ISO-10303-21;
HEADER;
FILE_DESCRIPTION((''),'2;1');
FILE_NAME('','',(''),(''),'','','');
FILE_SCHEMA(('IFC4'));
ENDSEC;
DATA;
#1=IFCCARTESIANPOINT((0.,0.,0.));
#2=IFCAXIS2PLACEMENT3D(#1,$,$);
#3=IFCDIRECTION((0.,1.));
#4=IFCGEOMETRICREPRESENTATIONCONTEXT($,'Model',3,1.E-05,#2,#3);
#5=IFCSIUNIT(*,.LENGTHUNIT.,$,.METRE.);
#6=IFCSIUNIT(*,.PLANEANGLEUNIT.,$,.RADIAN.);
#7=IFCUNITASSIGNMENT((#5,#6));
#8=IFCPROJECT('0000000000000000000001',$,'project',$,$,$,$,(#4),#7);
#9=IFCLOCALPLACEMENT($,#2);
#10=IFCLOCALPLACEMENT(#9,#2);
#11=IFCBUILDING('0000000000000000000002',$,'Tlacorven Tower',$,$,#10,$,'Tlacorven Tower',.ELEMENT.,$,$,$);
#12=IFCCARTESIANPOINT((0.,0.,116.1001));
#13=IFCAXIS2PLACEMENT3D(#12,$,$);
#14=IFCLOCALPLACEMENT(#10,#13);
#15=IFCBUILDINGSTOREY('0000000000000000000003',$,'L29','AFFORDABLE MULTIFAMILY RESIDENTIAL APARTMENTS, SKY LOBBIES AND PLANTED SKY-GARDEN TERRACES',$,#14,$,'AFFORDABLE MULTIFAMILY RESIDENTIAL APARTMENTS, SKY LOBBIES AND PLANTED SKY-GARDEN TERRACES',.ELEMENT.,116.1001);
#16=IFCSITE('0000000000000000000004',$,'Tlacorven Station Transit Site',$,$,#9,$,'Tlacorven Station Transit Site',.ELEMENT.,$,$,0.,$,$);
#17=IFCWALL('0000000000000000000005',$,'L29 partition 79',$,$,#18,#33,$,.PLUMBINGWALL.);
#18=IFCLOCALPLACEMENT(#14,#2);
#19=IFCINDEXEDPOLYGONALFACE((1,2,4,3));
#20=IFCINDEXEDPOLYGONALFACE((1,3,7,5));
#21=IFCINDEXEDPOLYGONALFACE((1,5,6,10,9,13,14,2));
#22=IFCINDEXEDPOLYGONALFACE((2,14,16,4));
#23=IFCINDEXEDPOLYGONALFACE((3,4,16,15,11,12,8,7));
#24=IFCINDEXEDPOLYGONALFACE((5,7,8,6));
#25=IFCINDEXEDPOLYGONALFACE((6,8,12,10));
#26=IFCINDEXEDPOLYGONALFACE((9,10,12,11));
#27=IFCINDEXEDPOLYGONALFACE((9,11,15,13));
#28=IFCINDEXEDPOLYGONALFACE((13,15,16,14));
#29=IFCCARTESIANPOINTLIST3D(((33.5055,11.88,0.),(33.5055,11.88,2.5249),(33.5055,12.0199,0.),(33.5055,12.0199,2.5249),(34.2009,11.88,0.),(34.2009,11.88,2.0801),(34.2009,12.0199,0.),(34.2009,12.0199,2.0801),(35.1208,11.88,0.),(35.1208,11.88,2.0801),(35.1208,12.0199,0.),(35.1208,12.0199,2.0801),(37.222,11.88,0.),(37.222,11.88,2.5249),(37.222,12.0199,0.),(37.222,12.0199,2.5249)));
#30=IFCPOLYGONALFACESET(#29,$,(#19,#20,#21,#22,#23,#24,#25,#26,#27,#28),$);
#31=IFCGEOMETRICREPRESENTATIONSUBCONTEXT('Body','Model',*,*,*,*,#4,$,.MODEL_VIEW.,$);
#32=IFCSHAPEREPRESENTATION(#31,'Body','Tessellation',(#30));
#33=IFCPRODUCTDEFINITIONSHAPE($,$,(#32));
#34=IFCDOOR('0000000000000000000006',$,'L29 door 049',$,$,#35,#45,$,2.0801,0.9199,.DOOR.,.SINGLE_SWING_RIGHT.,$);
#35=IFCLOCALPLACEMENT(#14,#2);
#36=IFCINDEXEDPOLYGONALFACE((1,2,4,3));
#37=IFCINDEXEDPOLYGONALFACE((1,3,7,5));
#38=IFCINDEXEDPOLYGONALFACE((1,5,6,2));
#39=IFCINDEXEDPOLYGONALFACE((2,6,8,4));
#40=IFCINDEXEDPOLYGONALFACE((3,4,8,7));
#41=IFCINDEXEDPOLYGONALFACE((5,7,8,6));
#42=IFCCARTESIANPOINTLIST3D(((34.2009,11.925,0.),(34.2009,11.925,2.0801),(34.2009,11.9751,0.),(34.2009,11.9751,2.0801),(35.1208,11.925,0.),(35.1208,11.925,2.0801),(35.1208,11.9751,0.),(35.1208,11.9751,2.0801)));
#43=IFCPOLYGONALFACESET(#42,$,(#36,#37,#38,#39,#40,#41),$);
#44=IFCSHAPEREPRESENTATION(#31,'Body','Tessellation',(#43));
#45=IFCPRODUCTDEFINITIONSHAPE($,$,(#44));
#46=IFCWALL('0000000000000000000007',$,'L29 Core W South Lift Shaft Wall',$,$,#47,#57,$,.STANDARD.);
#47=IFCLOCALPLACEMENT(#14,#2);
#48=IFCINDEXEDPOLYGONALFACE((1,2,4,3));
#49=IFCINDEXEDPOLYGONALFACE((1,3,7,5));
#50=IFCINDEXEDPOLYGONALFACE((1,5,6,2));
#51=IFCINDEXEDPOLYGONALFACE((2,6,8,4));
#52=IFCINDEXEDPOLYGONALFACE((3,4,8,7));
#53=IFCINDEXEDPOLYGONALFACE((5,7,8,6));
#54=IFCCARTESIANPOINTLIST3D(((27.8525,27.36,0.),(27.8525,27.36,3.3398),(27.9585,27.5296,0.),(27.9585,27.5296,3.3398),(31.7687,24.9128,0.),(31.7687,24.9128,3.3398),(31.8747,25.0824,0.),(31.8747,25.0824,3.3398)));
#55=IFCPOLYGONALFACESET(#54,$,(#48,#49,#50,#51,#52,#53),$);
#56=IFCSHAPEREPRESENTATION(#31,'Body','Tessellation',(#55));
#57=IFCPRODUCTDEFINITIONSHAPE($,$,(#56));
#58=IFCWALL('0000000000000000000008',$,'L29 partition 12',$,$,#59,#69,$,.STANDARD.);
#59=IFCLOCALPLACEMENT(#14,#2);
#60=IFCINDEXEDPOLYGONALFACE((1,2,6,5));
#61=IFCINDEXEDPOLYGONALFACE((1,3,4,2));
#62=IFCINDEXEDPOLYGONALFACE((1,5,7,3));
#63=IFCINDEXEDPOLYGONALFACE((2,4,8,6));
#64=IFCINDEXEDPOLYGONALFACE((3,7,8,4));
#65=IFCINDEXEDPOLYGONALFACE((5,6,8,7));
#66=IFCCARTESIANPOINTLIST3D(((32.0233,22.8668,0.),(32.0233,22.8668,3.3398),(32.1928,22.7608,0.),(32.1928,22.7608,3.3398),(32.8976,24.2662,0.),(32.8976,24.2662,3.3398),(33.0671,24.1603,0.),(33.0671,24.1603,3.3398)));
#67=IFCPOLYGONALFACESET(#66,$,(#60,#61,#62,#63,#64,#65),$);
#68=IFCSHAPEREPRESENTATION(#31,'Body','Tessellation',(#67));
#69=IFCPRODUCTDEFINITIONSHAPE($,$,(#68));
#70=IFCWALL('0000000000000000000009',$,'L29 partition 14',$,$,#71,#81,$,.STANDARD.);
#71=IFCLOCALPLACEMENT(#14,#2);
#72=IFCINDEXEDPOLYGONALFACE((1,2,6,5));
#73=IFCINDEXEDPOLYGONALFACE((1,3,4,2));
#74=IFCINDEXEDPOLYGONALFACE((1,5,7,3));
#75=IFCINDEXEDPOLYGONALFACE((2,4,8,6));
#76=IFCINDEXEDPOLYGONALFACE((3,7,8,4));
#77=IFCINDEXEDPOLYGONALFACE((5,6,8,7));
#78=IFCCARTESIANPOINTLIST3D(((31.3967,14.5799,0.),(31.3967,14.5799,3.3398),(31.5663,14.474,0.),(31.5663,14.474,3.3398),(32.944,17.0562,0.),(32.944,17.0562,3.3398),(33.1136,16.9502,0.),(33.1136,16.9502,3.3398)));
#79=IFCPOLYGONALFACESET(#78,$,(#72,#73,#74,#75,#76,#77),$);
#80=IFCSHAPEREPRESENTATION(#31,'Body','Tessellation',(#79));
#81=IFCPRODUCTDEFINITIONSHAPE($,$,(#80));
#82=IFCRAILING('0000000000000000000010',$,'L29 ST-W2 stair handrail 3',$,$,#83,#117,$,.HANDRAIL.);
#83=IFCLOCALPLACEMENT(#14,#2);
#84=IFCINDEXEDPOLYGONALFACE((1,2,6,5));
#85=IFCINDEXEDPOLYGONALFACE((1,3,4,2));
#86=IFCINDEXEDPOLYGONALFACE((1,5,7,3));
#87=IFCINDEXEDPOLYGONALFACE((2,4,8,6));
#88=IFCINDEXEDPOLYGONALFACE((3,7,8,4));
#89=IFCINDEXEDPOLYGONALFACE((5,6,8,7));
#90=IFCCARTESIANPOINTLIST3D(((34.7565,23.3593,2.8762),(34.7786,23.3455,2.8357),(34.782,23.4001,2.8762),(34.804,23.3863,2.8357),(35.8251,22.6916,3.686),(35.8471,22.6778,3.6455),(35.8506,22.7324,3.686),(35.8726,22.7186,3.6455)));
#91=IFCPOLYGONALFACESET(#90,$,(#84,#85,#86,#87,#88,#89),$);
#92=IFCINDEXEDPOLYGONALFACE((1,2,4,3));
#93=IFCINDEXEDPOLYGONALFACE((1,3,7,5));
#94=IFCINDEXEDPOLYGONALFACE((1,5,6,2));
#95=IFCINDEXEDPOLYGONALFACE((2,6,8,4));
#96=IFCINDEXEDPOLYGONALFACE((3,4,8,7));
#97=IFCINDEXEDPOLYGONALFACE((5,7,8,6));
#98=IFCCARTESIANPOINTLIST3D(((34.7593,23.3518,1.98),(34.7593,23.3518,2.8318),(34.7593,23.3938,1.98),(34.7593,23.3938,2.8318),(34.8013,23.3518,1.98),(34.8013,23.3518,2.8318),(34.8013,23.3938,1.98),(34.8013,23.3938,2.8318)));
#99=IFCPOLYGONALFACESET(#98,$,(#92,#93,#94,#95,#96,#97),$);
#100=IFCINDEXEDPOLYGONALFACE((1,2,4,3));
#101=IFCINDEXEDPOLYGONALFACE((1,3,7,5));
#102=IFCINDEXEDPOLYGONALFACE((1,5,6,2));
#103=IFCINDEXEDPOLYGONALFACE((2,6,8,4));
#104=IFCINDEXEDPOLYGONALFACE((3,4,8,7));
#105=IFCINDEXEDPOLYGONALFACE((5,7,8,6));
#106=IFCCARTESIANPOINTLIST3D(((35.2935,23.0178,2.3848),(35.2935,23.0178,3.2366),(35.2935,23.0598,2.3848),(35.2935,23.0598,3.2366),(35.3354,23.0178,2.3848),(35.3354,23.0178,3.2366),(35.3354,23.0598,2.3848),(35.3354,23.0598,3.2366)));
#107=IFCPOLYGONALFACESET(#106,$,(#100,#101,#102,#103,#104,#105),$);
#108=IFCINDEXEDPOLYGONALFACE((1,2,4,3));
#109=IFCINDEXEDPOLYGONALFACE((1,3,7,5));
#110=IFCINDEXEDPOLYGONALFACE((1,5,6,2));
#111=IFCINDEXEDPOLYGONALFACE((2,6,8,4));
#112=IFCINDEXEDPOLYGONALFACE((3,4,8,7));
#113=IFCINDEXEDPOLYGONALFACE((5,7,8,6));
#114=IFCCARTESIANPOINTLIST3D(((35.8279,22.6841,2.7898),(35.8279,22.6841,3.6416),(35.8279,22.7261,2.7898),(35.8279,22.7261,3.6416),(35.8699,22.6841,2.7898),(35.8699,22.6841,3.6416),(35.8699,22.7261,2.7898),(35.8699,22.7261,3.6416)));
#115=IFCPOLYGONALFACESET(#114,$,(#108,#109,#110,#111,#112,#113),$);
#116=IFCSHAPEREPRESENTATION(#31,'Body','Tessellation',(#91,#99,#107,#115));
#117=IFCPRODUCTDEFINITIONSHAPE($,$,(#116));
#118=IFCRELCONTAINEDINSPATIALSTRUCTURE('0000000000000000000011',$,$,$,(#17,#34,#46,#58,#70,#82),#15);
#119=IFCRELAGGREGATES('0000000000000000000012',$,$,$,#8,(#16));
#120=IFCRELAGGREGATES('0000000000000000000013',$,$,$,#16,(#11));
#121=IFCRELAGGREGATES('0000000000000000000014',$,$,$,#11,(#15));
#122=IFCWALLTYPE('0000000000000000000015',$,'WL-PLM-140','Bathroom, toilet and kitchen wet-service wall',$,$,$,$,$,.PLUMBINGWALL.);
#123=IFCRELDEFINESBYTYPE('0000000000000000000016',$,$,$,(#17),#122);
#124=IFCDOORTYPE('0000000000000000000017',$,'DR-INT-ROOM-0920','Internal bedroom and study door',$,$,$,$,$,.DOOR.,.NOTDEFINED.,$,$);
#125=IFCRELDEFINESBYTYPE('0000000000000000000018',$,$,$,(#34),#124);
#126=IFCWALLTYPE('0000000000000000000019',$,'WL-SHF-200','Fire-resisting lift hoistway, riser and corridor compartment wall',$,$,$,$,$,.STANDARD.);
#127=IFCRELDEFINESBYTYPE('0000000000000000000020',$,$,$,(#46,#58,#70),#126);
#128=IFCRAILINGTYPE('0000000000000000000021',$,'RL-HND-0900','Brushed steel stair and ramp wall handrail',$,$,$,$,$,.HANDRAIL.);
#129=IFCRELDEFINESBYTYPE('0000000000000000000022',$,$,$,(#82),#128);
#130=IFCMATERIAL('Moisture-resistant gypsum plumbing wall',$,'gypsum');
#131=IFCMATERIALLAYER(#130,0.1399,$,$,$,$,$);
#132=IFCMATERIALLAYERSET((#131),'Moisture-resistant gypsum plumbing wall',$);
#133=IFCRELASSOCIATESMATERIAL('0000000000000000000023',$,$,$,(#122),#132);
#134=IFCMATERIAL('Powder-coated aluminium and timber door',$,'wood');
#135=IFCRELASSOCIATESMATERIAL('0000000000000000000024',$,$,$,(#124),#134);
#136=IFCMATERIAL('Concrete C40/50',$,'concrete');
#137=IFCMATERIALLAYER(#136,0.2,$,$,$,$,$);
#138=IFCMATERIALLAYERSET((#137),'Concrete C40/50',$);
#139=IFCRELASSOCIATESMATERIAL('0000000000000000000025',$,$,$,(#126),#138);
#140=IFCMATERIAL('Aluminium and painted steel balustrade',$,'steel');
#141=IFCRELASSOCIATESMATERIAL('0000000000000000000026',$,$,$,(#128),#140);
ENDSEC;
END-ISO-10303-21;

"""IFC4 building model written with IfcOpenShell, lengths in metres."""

from ifc_helpers import new_model, si_unit, direction, frame, frame_2d, origin, origin_2d, place, context, subcontext, project, spatial, rectangle, extrude, source, transform, mapped, material, layer, layer_set, type_object, element, fill, save


model = new_model("IFC4")

# Units and contexts
model_context = context("Model", 3, precision=1e-05, world=origin(), true_north=direction((0.0, 1.0)))
body_context = subcontext(model_context, "Body", "Model", "MODEL_VIEW")
ifc_project = project(units=[si_unit("LENGTHUNIT", "METRE"), si_unit("PLANEANGLEUNIT", "RADIAN")], contexts=[model_context])

# Site, building, storey
site_placement = place(None, origin())
site = spatial("IfcSite", under=ifc_project, at=site_placement, Name="Tlacorven Station Transit Site", LongName="Tlacorven Station Transit Site", CompositionType="ELEMENT", RefElevation=0.0)
building_placement = place(site_placement, origin())
building = spatial("IfcBuilding", under=site, at=building_placement, Name="Tlacorven Tower", LongName="Tlacorven Tower", CompositionType="ELEMENT")
storey_placement = place(building_placement, frame((0.0, 0.0, 116.1001)))
storey = spatial("IfcBuildingStorey", under=building, at=storey_placement, Name="L29", Description="AFFORDABLE MULTIFAMILY RESIDENTIAL APARTMENTS, SKY LOBBIES AND PLANTED SKY-GARDEN TERRACES", LongName="AFFORDABLE MULTIFAMILY RESIDENTIAL APARTMENTS, SKY LOBBIES AND PLANTED SKY-GARDEN TERRACES", CompositionType="ELEMENT", Elevation=116.1001)

# Shared definitions
ifc_material_1 = material(Name="Powder-coated aluminium and timber door", Category="wood")

# Wall, opening, door
ifc_material_2 = material(Name="Moisture-resistant gypsum plumbing wall", Category="gypsum")
ifc_layer_1 = layer(ifc_material_2, 0.1399)
ifc_layer_set_1 = layer_set([ifc_layer_1], Name="Moisture-resistant gypsum plumbing wall")
wall_type_1 = type_object("IfcWallType", Name="WL-PLM-140", Description="Bathroom, toilet and kitchen wet-service wall", PredefinedType="PLUMBINGWALL", material=ifc_layer_set_1)
wall_1_placement = place(storey_placement, frame((33.5054, 11.95, 0.0), z_axis=(0.0, 0.0, 1.0), x_axis=(1.0, 0.0, 0.0)))
wall_1 = element("IfcWall", 1, at=wall_1_placement, inside=storey, type_object=wall_type_1, Name="L29 partition 79", PredefinedType="PLUMBINGWALL", context=body_context, shape_type="SweptSolid", body=[
    extrude(rectangle(XDim=3.7166, YDim=0.1399, at=frame_2d((1.8584, 0.0))), origin(), (0.0, 0.0, 1.0), 2.5249),
])
opening_1_placement = place(wall_1_placement, frame((0.6956, 0.0, 0.0)))
opening_1 = element("IfcOpeningElement", 2, at=opening_1_placement, cuts=wall_1, PredefinedType="OPENING", context=body_context, shape_type="SweptSolid", body=[
    extrude(rectangle(XDim=0.9199, YDim=2.0801, at=frame_2d((0.46, 1.04))), frame((0.0, 0.0801, 0.0), z_axis=(0.0, -1.0, 0.0), x_axis=(1.0, 0.0, 0.0)), (0.0, 0.0, 1.0), 0.1599),
])
door_type_1 = type_object("IfcDoorType", Name="DR-INT-ROOM-0920", Description="Internal bedroom and study door", OperationType="NOTDEFINED", PredefinedType="DOOR", material=ifc_material_1)
shared_shape_1 = source(origin(), body_context, "Body", "SweptSolid", [
    extrude(rectangle(XDim=0.9199, YDim=2.0801, at=frame_2d((0.46, 1.04))), frame((0.0, 0.0249, 0.0), z_axis=(0.0, -1.0, 0.0), x_axis=(1.0, 0.0, 0.0)), (0.0, 0.0, 1.0), 0.05),
])
door_1_placement = place(opening_1_placement, frame((0.9199, 0.0, 0.0), z_axis=(0.0, 0.0, 1.0), x_axis=(-1.0, 0.0, 0.0)))
door_1 = element("IfcDoor", 3, at=door_1_placement, inside=storey, type_object=door_type_1, Name="L29 door 049", OperationType="SINGLE_SWING_RIGHT", OverallHeight=2.0801, OverallWidth=0.9199, PredefinedType="DOOR", context=body_context, shape_type="MappedRepresentation", body=[
    mapped(shared_shape_1, transform((0.0, 0.0, 0.0), scale=1.0)),
])
fill(opening_1, door_1)

# Wall
ifc_material_3 = material(Name="Concrete C40/50", Category="concrete")
ifc_layer_2 = layer(ifc_material_3, 0.2)
ifc_layer_set_2 = layer_set([ifc_layer_2], Name="Concrete C40/50")
wall_type_2 = type_object("IfcWallType", Name="WL-SHF-200", Description="Fire-resisting lift hoistway, riser and corridor compartment wall", PredefinedType="STANDARD", material=ifc_layer_set_2)
wall_2_placement = place(storey_placement, frame((31.8218, 24.9976, 0.0), z_axis=(0.0, 0.0, 1.0), x_axis=(-0.848037, 0.529937, 0.0)))
element("IfcWall", 4, at=wall_2_placement, inside=storey, type_object=wall_type_2, Name="L29 Core W South Lift Shaft Wall", PredefinedType="STANDARD", context=body_context, shape_type="SweptSolid", body=[
    extrude(rectangle(XDim=4.6179, YDim=0.2, at=frame_2d((2.3091, 0.0))), origin(), (0.0, 0.0, 1.0), 3.3398),
])

# Walls
wall_3_placement = place(storey_placement, frame((32.9824, 24.2134, 0.0), z_axis=(0.0, 0.0, 1.0), x_axis=(-0.529839, -0.848098, 0.0)))
element("IfcWall", 5, at=wall_3_placement, inside=storey, type_object=wall_type_2, Name="L29 partition 12", PredefinedType="STANDARD", context=body_context, shape_type="SweptSolid", body=[
    extrude(rectangle(XDim=1.6501, YDim=0.2, at=frame_2d((0.8252, 0.0))), origin(), (0.0, 0.0, 1.0), 3.3398),
])
wall_4_placement = place(storey_placement, frame((33.0288, 17.0032, 0.0), z_axis=(0.0, 0.0, 1.0), x_axis=(-0.529916, -0.84805, 0.0)))
element("IfcWall", 6, at=wall_4_placement, inside=storey, type_object=wall_type_2, Name="L29 partition 14", PredefinedType="STANDARD", context=body_context, shape_type="SweptSolid", body=[
    extrude(rectangle(XDim=2.9199, YDim=0.2, at=frame_2d((1.46, 0.0))), origin(), (0.0, 0.0, 1.0), 3.3398),
])

# Railing
ifc_material_4 = material(Name="Aluminium and painted steel balustrade", Category="steel")
railing_type = type_object("IfcRailingType", Name="RL-HND-0900", Description="Brushed steel stair and ramp wall handrail", PredefinedType="HANDRAIL", material=ifc_material_4)
shared_shape_2 = source(origin(), body_context, "Body", "SweptSolid", [
    extrude(rectangle(XDim=0.0481, YDim=0.0481, at=origin_2d()), frame((0.0, 0.0, 0.876), z_axis=(0.713423, -0.445787, 0.540649), x_axis=(0.529912, 0.848053, 0.0)), (0.0, 0.0, 1.0), 1.4978),
    extrude(rectangle(XDim=0.042, YDim=0.042, at=origin_2d()), origin(), (0.0, 0.0, 1.0), 0.8518),
    extrude(rectangle(XDim=0.042, YDim=0.042, at=origin_2d()), frame((0.5342, -0.334, 0.4048)), (0.0, 0.0, 1.0), 0.8518),
    extrude(rectangle(XDim=0.042, YDim=0.042, at=origin_2d()), frame((1.0686, -0.6677, 0.8098)), (0.0, 0.0, 1.0), 0.8518),
])
railing_placement = place(storey_placement, frame((34.7803, 23.3728, 1.98)))
element("IfcRailing", 7, at=railing_placement, inside=storey, type_object=railing_type, Name="L29 ST-W2 stair handrail 3", PredefinedType="HANDRAIL", context=body_context, shape_type="MappedRepresentation", body=[
    mapped(shared_shape_2, transform((0.0, 0.0, 0.0), scale=1.0)),
])

save(model, "model.ifc")
